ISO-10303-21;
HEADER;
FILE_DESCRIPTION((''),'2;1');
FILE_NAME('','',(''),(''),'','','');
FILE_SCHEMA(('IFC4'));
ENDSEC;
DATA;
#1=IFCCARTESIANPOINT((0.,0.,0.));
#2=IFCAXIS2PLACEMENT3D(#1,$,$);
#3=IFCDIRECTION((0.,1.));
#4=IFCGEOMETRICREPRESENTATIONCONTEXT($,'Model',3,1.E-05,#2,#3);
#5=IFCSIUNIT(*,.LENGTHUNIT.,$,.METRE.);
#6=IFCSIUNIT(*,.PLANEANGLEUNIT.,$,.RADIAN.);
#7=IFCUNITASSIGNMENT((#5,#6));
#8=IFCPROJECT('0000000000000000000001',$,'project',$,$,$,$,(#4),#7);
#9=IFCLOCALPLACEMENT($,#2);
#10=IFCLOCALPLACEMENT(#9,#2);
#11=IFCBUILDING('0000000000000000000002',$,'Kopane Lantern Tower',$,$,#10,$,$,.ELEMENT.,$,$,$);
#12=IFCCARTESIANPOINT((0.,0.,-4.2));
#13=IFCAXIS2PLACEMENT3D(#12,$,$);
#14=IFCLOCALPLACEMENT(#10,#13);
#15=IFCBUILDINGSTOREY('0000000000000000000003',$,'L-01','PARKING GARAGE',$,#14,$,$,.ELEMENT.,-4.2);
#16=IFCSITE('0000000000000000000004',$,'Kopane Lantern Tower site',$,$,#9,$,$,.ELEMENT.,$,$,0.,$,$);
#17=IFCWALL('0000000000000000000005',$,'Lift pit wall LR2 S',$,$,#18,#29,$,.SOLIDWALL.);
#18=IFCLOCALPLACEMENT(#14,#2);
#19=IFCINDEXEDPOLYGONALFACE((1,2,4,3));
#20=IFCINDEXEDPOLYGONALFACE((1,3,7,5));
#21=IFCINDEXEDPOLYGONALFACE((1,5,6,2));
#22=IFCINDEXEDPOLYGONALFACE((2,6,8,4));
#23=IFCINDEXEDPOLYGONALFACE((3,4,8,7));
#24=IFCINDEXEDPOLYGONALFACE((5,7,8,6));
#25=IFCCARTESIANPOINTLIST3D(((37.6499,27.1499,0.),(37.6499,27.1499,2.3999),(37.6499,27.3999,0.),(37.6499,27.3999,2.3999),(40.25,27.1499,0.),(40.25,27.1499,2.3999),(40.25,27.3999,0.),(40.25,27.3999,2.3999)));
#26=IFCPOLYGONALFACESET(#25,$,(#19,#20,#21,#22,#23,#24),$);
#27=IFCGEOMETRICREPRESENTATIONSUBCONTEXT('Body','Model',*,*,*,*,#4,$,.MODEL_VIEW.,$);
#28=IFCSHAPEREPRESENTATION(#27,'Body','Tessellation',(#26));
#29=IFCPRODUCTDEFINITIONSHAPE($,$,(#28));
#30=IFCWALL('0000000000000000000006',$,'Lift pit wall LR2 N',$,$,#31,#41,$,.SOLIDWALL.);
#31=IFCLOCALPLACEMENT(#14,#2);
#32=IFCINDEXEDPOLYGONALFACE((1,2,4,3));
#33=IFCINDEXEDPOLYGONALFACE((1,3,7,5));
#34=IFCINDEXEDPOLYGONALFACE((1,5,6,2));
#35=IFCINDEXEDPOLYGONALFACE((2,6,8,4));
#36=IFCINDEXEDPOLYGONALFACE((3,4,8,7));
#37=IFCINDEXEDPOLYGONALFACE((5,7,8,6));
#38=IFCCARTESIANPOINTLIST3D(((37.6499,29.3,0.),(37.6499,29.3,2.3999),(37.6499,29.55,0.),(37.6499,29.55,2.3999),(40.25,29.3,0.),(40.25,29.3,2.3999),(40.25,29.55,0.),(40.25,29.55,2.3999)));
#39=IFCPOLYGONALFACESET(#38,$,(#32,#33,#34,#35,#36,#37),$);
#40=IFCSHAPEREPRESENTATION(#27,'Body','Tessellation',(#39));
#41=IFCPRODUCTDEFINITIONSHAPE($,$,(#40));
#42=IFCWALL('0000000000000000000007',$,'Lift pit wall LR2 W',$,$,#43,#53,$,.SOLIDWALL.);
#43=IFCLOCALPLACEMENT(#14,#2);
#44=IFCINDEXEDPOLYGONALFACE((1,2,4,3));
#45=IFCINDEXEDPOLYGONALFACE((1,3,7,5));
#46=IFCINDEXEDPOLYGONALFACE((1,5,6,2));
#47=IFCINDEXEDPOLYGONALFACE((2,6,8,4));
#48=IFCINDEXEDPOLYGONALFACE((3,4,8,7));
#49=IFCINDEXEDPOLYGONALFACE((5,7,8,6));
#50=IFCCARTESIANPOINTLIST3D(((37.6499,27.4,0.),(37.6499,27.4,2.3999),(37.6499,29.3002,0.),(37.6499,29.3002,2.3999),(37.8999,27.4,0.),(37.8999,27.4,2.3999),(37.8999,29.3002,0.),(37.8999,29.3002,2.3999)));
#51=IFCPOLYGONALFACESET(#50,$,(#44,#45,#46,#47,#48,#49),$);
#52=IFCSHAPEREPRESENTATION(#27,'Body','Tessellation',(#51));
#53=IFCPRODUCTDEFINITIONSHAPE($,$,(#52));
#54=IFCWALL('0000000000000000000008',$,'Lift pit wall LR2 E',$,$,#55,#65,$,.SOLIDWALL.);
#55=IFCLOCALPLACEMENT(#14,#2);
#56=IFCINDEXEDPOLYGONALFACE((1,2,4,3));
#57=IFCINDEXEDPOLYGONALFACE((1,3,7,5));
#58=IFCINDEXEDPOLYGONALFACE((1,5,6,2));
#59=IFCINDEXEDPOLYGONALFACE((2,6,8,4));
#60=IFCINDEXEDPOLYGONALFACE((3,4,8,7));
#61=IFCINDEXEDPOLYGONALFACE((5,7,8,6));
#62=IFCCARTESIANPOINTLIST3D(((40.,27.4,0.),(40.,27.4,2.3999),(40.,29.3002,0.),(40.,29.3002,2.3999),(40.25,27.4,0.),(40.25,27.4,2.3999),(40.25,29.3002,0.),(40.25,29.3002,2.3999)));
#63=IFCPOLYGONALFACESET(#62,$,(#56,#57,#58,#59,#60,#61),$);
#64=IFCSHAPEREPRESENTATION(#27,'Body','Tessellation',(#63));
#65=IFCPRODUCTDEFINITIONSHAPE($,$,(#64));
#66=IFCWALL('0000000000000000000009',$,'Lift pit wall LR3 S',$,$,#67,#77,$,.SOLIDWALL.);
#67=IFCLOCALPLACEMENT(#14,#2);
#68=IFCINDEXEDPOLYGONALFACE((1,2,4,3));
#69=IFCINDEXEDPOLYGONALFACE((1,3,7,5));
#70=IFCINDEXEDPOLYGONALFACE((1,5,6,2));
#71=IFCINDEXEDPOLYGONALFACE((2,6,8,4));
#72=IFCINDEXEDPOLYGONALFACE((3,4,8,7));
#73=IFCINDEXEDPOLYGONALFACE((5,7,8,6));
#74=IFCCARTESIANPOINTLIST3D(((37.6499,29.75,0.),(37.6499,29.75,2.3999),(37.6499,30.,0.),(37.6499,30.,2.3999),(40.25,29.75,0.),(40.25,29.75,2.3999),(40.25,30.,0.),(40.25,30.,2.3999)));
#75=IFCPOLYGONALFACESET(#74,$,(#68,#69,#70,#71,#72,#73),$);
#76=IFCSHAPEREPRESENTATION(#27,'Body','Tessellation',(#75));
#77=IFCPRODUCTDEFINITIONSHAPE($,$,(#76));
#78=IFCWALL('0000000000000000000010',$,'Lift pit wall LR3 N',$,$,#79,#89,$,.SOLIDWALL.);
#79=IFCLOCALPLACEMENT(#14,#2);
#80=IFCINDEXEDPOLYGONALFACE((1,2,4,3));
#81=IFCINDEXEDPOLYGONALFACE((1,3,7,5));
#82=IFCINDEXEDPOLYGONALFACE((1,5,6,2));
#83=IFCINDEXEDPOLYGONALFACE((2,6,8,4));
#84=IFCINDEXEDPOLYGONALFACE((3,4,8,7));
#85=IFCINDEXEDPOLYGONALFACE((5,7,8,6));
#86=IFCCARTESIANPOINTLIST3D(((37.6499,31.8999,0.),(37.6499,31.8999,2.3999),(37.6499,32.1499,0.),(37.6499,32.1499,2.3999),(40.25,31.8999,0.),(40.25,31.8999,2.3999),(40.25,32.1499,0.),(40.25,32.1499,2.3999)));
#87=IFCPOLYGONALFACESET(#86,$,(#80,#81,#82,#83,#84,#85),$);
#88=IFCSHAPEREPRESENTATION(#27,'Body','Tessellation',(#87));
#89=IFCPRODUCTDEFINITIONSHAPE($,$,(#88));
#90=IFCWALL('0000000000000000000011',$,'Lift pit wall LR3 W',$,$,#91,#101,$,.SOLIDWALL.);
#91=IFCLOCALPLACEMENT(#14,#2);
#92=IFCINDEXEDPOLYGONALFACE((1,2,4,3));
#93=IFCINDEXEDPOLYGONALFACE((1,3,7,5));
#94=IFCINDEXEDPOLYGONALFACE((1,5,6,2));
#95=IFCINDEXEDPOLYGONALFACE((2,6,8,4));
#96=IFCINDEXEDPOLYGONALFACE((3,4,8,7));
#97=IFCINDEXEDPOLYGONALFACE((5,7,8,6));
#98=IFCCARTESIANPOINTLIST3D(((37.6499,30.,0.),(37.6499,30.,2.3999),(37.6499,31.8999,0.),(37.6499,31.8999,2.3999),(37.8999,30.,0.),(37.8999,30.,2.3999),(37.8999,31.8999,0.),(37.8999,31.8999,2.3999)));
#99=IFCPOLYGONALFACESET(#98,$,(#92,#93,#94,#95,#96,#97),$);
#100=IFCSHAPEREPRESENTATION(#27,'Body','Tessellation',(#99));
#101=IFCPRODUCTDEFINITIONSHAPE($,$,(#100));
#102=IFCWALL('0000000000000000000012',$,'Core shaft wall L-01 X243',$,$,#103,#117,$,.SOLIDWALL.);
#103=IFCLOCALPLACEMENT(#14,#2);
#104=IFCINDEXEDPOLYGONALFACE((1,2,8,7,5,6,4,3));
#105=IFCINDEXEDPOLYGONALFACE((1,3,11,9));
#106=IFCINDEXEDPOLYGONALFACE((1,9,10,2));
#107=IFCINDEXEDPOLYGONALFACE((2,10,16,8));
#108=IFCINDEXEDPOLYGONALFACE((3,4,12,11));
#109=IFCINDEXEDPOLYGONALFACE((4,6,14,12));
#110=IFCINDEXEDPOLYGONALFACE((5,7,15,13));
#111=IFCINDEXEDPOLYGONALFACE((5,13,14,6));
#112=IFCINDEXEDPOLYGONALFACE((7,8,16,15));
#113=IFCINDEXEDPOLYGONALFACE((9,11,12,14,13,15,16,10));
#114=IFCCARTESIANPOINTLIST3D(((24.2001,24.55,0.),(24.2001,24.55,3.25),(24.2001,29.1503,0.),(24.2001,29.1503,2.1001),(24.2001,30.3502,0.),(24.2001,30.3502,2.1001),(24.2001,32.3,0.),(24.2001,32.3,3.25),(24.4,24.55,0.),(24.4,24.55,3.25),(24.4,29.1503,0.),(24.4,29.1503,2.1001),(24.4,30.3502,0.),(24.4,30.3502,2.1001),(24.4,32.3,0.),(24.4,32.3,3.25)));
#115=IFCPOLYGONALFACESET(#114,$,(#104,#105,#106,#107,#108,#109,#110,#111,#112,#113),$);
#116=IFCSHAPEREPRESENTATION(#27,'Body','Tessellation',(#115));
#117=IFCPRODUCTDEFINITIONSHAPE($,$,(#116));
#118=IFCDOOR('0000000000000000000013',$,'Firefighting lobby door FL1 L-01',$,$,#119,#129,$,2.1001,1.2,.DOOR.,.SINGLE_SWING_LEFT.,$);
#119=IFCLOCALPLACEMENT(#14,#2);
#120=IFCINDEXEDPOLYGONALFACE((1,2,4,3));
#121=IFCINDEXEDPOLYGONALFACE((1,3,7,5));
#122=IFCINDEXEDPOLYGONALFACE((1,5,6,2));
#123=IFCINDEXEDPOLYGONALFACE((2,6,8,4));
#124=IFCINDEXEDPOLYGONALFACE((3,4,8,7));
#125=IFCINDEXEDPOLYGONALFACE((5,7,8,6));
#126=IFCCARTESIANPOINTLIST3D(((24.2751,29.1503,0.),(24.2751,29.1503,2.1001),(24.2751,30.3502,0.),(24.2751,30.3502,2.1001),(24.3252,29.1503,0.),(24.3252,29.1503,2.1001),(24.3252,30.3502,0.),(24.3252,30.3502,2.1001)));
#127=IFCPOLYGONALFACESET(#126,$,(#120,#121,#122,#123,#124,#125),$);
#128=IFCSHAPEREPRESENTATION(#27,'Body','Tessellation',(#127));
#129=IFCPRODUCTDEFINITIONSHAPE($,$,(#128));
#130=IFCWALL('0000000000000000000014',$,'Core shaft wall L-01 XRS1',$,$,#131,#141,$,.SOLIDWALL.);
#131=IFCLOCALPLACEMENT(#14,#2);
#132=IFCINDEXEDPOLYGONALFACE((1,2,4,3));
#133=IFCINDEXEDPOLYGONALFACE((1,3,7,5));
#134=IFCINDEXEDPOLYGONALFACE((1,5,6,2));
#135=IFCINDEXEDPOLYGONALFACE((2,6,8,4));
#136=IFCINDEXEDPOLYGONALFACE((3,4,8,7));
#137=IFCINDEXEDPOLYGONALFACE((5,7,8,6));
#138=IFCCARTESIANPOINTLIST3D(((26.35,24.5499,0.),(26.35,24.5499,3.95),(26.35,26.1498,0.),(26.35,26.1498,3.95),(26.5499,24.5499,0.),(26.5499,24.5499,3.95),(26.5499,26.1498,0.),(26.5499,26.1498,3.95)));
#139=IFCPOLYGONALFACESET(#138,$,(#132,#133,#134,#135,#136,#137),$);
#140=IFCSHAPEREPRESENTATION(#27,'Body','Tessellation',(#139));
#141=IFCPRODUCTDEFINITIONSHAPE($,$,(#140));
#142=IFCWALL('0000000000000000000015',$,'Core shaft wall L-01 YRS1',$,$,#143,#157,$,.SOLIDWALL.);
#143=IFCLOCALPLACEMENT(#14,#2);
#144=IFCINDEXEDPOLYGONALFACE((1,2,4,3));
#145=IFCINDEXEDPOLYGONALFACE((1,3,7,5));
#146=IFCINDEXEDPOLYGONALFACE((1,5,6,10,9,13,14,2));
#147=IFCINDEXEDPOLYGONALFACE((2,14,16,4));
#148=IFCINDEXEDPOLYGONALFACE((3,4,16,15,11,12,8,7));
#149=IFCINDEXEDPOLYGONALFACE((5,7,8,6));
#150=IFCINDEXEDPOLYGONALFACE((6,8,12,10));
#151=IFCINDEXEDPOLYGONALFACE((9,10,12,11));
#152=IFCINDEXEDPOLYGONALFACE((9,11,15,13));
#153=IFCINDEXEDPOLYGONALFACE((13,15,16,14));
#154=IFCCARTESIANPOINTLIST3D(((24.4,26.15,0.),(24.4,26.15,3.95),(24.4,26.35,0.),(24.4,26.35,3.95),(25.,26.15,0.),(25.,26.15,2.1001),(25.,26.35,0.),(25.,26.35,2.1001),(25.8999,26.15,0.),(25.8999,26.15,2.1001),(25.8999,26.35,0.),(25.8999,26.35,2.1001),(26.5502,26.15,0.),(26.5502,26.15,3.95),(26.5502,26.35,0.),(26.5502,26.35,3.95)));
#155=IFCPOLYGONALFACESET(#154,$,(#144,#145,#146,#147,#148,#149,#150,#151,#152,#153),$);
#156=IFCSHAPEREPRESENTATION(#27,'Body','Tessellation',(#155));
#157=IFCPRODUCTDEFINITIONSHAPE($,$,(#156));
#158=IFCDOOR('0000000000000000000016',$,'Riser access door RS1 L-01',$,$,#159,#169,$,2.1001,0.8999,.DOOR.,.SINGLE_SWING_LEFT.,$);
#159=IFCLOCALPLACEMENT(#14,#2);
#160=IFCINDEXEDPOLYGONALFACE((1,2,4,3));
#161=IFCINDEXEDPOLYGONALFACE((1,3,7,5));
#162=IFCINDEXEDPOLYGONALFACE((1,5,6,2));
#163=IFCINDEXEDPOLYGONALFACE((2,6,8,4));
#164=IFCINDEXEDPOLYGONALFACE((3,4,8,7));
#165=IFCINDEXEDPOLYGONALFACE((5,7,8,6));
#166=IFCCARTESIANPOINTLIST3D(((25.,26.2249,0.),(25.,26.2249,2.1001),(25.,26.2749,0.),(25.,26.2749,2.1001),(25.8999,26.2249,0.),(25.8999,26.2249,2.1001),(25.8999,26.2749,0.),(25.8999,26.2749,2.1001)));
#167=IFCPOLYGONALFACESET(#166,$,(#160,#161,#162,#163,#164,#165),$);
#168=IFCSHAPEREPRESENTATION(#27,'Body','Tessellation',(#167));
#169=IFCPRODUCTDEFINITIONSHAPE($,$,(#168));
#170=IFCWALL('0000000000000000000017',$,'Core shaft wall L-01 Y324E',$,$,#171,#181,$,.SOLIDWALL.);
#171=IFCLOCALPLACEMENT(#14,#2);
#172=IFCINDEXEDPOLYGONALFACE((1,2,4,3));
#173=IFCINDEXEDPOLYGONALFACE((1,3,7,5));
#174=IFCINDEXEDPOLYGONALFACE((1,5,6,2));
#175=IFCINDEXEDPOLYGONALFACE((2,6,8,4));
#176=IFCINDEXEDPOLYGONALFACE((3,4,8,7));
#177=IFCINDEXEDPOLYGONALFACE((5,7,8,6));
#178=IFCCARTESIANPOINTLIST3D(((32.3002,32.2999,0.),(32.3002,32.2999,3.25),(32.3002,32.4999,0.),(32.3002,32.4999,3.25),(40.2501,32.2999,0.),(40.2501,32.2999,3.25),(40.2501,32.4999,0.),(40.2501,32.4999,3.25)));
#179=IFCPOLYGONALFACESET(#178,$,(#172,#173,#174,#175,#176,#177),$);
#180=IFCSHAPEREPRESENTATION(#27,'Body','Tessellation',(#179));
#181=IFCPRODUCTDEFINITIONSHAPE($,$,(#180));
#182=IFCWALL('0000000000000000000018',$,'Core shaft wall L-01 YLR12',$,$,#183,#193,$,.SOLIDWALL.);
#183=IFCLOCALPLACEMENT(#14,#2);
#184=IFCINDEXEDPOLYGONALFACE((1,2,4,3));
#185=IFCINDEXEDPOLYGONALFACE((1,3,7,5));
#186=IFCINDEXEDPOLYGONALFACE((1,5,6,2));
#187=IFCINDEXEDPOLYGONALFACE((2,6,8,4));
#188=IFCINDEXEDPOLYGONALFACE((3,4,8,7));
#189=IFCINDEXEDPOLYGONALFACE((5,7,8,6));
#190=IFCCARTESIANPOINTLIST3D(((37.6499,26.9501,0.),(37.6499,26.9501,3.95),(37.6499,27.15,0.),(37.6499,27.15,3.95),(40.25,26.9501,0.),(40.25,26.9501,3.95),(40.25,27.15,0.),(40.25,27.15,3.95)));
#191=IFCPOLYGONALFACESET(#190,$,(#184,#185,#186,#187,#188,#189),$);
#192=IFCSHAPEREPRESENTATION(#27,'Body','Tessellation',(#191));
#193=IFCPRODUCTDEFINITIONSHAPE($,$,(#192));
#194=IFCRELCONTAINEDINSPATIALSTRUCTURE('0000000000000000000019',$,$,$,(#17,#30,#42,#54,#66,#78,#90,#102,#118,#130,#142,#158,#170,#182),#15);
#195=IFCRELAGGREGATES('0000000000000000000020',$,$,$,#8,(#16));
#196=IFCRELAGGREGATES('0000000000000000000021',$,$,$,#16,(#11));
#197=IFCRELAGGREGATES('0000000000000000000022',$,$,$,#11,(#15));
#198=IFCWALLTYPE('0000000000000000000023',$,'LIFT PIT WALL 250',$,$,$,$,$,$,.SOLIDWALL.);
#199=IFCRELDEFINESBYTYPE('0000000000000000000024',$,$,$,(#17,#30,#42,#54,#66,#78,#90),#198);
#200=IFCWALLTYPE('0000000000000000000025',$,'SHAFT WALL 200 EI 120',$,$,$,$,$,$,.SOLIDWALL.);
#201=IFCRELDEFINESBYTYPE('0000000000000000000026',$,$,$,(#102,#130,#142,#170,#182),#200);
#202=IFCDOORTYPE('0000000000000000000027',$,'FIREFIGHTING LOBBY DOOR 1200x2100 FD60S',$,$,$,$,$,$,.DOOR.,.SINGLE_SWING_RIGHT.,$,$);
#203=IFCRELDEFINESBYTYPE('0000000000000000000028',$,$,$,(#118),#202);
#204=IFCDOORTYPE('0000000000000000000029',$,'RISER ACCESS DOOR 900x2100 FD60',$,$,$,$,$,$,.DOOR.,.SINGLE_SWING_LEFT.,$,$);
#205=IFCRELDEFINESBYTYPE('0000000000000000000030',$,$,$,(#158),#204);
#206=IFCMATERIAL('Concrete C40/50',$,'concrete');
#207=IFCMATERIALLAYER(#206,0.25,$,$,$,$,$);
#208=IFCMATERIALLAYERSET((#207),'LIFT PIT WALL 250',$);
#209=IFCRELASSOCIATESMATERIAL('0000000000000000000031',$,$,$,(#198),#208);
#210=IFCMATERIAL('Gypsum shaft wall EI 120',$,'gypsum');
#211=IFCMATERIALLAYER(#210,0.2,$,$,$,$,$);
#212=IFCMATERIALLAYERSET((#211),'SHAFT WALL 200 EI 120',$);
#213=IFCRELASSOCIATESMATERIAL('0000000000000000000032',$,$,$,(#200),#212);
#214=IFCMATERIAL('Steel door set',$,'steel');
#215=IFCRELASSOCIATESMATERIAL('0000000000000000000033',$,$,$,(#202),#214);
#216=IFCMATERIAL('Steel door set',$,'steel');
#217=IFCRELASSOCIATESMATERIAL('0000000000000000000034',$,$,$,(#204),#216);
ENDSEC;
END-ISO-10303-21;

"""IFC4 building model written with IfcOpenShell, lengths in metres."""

from ifc_helpers import new_model, si_unit, direction, frame, frame_2d, origin, place, context, subcontext, project, spatial, rectangle, extrude, material, layer, layer_set, type_object, element, fill, save


model = new_model("IFC4")

# Units and contexts
model_context = context("Model", 3, precision=1e-05, world=origin(), true_north=direction((0.0, 1.0)))
body_context = subcontext(model_context, "Body", "Model", "MODEL_VIEW")
ifc_project = project(units=[si_unit("LENGTHUNIT", "METRE"), si_unit("PLANEANGLEUNIT", "RADIAN")], contexts=[model_context])

# Site, building, storey
site_placement = place(None, origin())
site = spatial("IfcSite", under=ifc_project, at=site_placement, Name="Kopane Lantern Tower site", CompositionType="ELEMENT", RefElevation=0.0)
building_placement = place(site_placement, origin())
building = spatial("IfcBuilding", under=site, at=building_placement, Name="Kopane Lantern Tower", CompositionType="ELEMENT")
storey_placement = place(building_placement, frame((0.0, 0.0, -4.2)))
storey = spatial("IfcBuildingStorey", under=building, at=storey_placement, Name="L-01", Description="PARKING GARAGE", CompositionType="ELEMENT", Elevation=-4.2)

# Walls
ifc_material_1 = material(Name="Concrete C40/50", Category="concrete")
ifc_layer_1 = layer(ifc_material_1, 0.25)
ifc_layer_set_1 = layer_set([ifc_layer_1], Name="LIFT PIT WALL 250")
wall_type_1 = type_object("IfcWallType", Name="LIFT PIT WALL 250", PredefinedType="SOLIDWALL", material=ifc_layer_set_1)
for number, where, z_axis, x_axis, name in (
    (1, (37.6499, 27.2749, 0.0), (0.0, 0.0, 1.0), (1.0, 0.0, 0.0), "Lift pit wall LR2 S"),
    (2, (37.6499, 29.425, 0.0), (0.0, 0.0, 1.0), (1.0, 0.0, 0.0), "Lift pit wall LR2 N"),
):
    element("IfcWall", number, at=place(storey_placement, frame(where, z_axis=z_axis, x_axis=x_axis)), inside=storey, type_object=wall_type_1, Name=name, PredefinedType="SOLIDWALL", context=body_context, shape_type="SweptSolid", body=[
        extrude(rectangle(XDim=2.6001, YDim=0.25, at=frame_2d((1.3, 0.0))), origin(), (0.0, 0.0, 1.0), 2.3999),
    ])
for number, where, z_axis, x_axis, name in (
    (3, (37.7749, 27.3999, 0.0), (0.0, 0.0, 1.0), (0.0, 1.0, 0.0), "Lift pit wall LR2 W"),
    (4, (40.125, 27.3999, 0.0), (0.0, 0.0, 1.0), (0.0, 1.0, 0.0), "Lift pit wall LR2 E"),
):
    element("IfcWall", number, at=place(storey_placement, frame(where, z_axis=z_axis, x_axis=x_axis)), inside=storey, type_object=wall_type_1, Name=name, PredefinedType="SOLIDWALL", context=body_context, shape_type="SweptSolid", body=[
        extrude(rectangle(XDim=1.9001, YDim=0.25, at=frame_2d((0.9502, 0.0))), origin(), (0.0, 0.0, 1.0), 2.3999),
    ])
for number, where, z_axis, x_axis, name in (
    (5, (37.6499, 29.875, 0.0), (0.0, 0.0, 1.0), (1.0, 0.0, 0.0), "Lift pit wall LR3 S"),
    (6, (37.6499, 32.0249, 0.0), (0.0, 0.0, 1.0), (1.0, 0.0, 0.0), "Lift pit wall LR3 N"),
):
    element("IfcWall", number, at=place(storey_placement, frame(where, z_axis=z_axis, x_axis=x_axis)), inside=storey, type_object=wall_type_1, Name=name, PredefinedType="SOLIDWALL", context=body_context, shape_type="SweptSolid", body=[
        extrude(rectangle(XDim=2.6001, YDim=0.25, at=frame_2d((1.3, 0.0))), origin(), (0.0, 0.0, 1.0), 2.3999),
    ])
wall_1_placement = place(storey_placement, frame((37.7749, 30.0, 0.0), z_axis=(0.0, 0.0, 1.0), x_axis=(0.0, 1.0, 0.0)))
element("IfcWall", 7, at=wall_1_placement, inside=storey, type_object=wall_type_1, Name="Lift pit wall LR3 W", PredefinedType="SOLIDWALL", context=body_context, shape_type="SweptSolid", body=[
    extrude(rectangle(XDim=1.8999, YDim=0.25, at=frame_2d((0.95, 0.0))), origin(), (0.0, 0.0, 1.0), 2.3999),
])

# Wall, opening, door
ifc_material_2 = material(Name="Gypsum shaft wall EI 120", Category="gypsum")
ifc_layer_2 = layer(ifc_material_2, 0.2)
ifc_layer_set_2 = layer_set([ifc_layer_2], Name="SHAFT WALL 200 EI 120")
wall_type_2 = type_object("IfcWallType", Name="SHAFT WALL 200 EI 120", PredefinedType="SOLIDWALL", material=ifc_layer_set_2)
wall_2_placement = place(storey_placement, frame((24.3, 24.55, 0.0), z_axis=(0.0, 0.0, 1.0), x_axis=(0.0, 1.0, 0.0)))
wall_2 = element("IfcWall", 8, at=wall_2_placement, inside=storey, type_object=wall_type_2, Name="Core shaft wall L-01 X243", PredefinedType="SOLIDWALL", context=body_context, shape_type="SweptSolid", body=[
    extrude(rectangle(XDim=7.75, YDim=0.2, at=frame_2d((3.875, 0.0))), origin(), (0.0, 0.0, 1.0), 3.25),
])
opening_1_placement = place(wall_2_placement, frame((4.6001, 0.0, 0.0)))
opening_1 = element("IfcOpeningElement", 9, at=opening_1_placement, cuts=wall_2, PredefinedType="OPENING", context=body_context, shape_type="SweptSolid", body=[
    extrude(rectangle(XDim=1.2, YDim=2.1001, at=frame_2d((0.6001, 1.05))), frame((0.0, 0.1099, 0.0), z_axis=(0.0, -1.0, 0.0), x_axis=(1.0, 0.0, 0.0)), (0.0, 0.0, 1.0), 0.22),
])
ifc_material_3 = material(Name="Steel door set", Category="steel")
door_type_1 = type_object("IfcDoorType", Name="FIREFIGHTING LOBBY DOOR 1200x2100 FD60S", OperationType="SINGLE_SWING_RIGHT", PredefinedType="DOOR", material=ifc_material_3)
door_1_placement = place(opening_1_placement, origin())
door_1 = element("IfcDoor", 10, at=door_1_placement, inside=storey, type_object=door_type_1, Name="Firefighting lobby door FL1 L-01", OperationType="SINGLE_SWING_LEFT", OverallHeight=2.1001, OverallWidth=1.2, PredefinedType="DOOR", context=body_context, shape_type="SweptSolid", body=[
    extrude(rectangle(XDim=1.2, YDim=2.1001, at=frame_2d((0.6001, 1.05))), frame((0.0, 0.0249, 0.0), z_axis=(0.0, -1.0, 0.0), x_axis=(1.0, 0.0, 0.0)), (0.0, 0.0, 1.0), 0.05),
])
fill(opening_1, door_1)

# Wall
wall_3_placement = place(storey_placement, frame((26.45, 24.55, 0.0), z_axis=(0.0, 0.0, 1.0), x_axis=(0.0, 1.0, 0.0)))
element("IfcWall", 11, at=wall_3_placement, inside=storey, type_object=wall_type_2, Name="Core shaft wall L-01 XRS1", PredefinedType="SOLIDWALL", context=body_context, shape_type="SweptSolid", body=[
    extrude(rectangle(XDim=1.5999, YDim=0.2, at=frame_2d((0.7998, 0.0))), origin(), (0.0, 0.0, 1.0), 3.95),
])

# Wall, opening, door
wall_4_placement = place(storey_placement, frame((24.3999, 26.25, 0.0), z_axis=(0.0, 0.0, 1.0), x_axis=(1.0, 0.0, 0.0)))
wall_4 = element("IfcWall", 12, at=wall_4_placement, inside=storey, type_object=wall_type_2, Name="Core shaft wall L-01 YRS1", PredefinedType="SOLIDWALL", context=body_context, shape_type="SweptSolid", body=[
    extrude(rectangle(XDim=2.1501, YDim=0.2, at=frame_2d((1.0752, 0.0))), origin(), (0.0, 0.0, 1.0), 3.95),
])
opening_2_placement = place(wall_4_placement, frame((0.6001, 0.0, 0.0)))
opening_2 = element("IfcOpeningElement", 13, at=opening_2_placement, cuts=wall_4, PredefinedType="OPENING", context=body_context, shape_type="SweptSolid", body=[
    extrude(rectangle(XDim=0.8999, YDim=2.1001, at=frame_2d((0.45, 1.05))), frame((0.0, 0.1099, 0.0), z_axis=(0.0, -1.0, 0.0), x_axis=(1.0, 0.0, 0.0)), (0.0, 0.0, 1.0), 0.22),
])
ifc_material_4 = material(Name="Steel door set", Category="steel")
door_type_2 = type_object("IfcDoorType", Name="RISER ACCESS DOOR 900x2100 FD60", OperationType="SINGLE_SWING_LEFT", PredefinedType="DOOR", material=ifc_material_4)
door_2_placement = place(opening_2_placement, origin())
door_2 = element("IfcDoor", 14, at=door_2_placement, inside=storey, type_object=door_type_2, Name="Riser access door RS1 L-01", OperationType="SINGLE_SWING_LEFT", OverallHeight=2.1001, OverallWidth=0.8999, PredefinedType="DOOR", context=body_context, shape_type="SweptSolid", body=[
    extrude(rectangle(XDim=0.8999, YDim=2.1001, at=frame_2d((0.45, 1.05))), frame((0.0, 0.0249, 0.0), z_axis=(0.0, -1.0, 0.0), x_axis=(1.0, 0.0, 0.0)), (0.0, 0.0, 1.0), 0.05),
])
fill(opening_2, door_2)

# Walls
wall_5_placement = place(storey_placement, frame((32.3, 32.3999, 0.0), z_axis=(0.0, 0.0, 1.0), x_axis=(1.0, 0.0, 0.0)))
element("IfcWall", 15, at=wall_5_placement, inside=storey, type_object=wall_type_2, Name="Core shaft wall L-01 Y324E", PredefinedType="SOLIDWALL", context=body_context, shape_type="SweptSolid", body=[
    extrude(rectangle(XDim=7.95, YDim=0.2, at=frame_2d((3.9751, 0.0))), origin(), (0.0, 0.0, 1.0), 3.25),
])
for number, where, z_axis, x_axis, name in (
    (16, (37.6499, 27.05, 0.0), (0.0, 0.0, 1.0), (1.0, 0.0, 0.0), "Core shaft wall L-01 YLR12"),
):
    element("IfcWall", number, at=place(storey_placement, frame(where, z_axis=z_axis, x_axis=x_axis)), inside=storey, type_object=wall_type_2, Name=name, PredefinedType="SOLIDWALL", context=body_context, shape_type="SweptSolid", body=[
        extrude(rectangle(XDim=2.6001, YDim=0.2, at=frame_2d((1.3, 0.0))), origin(), (0.0, 0.0, 1.0), 3.95),
    ])

save(model, "model.ifc")
